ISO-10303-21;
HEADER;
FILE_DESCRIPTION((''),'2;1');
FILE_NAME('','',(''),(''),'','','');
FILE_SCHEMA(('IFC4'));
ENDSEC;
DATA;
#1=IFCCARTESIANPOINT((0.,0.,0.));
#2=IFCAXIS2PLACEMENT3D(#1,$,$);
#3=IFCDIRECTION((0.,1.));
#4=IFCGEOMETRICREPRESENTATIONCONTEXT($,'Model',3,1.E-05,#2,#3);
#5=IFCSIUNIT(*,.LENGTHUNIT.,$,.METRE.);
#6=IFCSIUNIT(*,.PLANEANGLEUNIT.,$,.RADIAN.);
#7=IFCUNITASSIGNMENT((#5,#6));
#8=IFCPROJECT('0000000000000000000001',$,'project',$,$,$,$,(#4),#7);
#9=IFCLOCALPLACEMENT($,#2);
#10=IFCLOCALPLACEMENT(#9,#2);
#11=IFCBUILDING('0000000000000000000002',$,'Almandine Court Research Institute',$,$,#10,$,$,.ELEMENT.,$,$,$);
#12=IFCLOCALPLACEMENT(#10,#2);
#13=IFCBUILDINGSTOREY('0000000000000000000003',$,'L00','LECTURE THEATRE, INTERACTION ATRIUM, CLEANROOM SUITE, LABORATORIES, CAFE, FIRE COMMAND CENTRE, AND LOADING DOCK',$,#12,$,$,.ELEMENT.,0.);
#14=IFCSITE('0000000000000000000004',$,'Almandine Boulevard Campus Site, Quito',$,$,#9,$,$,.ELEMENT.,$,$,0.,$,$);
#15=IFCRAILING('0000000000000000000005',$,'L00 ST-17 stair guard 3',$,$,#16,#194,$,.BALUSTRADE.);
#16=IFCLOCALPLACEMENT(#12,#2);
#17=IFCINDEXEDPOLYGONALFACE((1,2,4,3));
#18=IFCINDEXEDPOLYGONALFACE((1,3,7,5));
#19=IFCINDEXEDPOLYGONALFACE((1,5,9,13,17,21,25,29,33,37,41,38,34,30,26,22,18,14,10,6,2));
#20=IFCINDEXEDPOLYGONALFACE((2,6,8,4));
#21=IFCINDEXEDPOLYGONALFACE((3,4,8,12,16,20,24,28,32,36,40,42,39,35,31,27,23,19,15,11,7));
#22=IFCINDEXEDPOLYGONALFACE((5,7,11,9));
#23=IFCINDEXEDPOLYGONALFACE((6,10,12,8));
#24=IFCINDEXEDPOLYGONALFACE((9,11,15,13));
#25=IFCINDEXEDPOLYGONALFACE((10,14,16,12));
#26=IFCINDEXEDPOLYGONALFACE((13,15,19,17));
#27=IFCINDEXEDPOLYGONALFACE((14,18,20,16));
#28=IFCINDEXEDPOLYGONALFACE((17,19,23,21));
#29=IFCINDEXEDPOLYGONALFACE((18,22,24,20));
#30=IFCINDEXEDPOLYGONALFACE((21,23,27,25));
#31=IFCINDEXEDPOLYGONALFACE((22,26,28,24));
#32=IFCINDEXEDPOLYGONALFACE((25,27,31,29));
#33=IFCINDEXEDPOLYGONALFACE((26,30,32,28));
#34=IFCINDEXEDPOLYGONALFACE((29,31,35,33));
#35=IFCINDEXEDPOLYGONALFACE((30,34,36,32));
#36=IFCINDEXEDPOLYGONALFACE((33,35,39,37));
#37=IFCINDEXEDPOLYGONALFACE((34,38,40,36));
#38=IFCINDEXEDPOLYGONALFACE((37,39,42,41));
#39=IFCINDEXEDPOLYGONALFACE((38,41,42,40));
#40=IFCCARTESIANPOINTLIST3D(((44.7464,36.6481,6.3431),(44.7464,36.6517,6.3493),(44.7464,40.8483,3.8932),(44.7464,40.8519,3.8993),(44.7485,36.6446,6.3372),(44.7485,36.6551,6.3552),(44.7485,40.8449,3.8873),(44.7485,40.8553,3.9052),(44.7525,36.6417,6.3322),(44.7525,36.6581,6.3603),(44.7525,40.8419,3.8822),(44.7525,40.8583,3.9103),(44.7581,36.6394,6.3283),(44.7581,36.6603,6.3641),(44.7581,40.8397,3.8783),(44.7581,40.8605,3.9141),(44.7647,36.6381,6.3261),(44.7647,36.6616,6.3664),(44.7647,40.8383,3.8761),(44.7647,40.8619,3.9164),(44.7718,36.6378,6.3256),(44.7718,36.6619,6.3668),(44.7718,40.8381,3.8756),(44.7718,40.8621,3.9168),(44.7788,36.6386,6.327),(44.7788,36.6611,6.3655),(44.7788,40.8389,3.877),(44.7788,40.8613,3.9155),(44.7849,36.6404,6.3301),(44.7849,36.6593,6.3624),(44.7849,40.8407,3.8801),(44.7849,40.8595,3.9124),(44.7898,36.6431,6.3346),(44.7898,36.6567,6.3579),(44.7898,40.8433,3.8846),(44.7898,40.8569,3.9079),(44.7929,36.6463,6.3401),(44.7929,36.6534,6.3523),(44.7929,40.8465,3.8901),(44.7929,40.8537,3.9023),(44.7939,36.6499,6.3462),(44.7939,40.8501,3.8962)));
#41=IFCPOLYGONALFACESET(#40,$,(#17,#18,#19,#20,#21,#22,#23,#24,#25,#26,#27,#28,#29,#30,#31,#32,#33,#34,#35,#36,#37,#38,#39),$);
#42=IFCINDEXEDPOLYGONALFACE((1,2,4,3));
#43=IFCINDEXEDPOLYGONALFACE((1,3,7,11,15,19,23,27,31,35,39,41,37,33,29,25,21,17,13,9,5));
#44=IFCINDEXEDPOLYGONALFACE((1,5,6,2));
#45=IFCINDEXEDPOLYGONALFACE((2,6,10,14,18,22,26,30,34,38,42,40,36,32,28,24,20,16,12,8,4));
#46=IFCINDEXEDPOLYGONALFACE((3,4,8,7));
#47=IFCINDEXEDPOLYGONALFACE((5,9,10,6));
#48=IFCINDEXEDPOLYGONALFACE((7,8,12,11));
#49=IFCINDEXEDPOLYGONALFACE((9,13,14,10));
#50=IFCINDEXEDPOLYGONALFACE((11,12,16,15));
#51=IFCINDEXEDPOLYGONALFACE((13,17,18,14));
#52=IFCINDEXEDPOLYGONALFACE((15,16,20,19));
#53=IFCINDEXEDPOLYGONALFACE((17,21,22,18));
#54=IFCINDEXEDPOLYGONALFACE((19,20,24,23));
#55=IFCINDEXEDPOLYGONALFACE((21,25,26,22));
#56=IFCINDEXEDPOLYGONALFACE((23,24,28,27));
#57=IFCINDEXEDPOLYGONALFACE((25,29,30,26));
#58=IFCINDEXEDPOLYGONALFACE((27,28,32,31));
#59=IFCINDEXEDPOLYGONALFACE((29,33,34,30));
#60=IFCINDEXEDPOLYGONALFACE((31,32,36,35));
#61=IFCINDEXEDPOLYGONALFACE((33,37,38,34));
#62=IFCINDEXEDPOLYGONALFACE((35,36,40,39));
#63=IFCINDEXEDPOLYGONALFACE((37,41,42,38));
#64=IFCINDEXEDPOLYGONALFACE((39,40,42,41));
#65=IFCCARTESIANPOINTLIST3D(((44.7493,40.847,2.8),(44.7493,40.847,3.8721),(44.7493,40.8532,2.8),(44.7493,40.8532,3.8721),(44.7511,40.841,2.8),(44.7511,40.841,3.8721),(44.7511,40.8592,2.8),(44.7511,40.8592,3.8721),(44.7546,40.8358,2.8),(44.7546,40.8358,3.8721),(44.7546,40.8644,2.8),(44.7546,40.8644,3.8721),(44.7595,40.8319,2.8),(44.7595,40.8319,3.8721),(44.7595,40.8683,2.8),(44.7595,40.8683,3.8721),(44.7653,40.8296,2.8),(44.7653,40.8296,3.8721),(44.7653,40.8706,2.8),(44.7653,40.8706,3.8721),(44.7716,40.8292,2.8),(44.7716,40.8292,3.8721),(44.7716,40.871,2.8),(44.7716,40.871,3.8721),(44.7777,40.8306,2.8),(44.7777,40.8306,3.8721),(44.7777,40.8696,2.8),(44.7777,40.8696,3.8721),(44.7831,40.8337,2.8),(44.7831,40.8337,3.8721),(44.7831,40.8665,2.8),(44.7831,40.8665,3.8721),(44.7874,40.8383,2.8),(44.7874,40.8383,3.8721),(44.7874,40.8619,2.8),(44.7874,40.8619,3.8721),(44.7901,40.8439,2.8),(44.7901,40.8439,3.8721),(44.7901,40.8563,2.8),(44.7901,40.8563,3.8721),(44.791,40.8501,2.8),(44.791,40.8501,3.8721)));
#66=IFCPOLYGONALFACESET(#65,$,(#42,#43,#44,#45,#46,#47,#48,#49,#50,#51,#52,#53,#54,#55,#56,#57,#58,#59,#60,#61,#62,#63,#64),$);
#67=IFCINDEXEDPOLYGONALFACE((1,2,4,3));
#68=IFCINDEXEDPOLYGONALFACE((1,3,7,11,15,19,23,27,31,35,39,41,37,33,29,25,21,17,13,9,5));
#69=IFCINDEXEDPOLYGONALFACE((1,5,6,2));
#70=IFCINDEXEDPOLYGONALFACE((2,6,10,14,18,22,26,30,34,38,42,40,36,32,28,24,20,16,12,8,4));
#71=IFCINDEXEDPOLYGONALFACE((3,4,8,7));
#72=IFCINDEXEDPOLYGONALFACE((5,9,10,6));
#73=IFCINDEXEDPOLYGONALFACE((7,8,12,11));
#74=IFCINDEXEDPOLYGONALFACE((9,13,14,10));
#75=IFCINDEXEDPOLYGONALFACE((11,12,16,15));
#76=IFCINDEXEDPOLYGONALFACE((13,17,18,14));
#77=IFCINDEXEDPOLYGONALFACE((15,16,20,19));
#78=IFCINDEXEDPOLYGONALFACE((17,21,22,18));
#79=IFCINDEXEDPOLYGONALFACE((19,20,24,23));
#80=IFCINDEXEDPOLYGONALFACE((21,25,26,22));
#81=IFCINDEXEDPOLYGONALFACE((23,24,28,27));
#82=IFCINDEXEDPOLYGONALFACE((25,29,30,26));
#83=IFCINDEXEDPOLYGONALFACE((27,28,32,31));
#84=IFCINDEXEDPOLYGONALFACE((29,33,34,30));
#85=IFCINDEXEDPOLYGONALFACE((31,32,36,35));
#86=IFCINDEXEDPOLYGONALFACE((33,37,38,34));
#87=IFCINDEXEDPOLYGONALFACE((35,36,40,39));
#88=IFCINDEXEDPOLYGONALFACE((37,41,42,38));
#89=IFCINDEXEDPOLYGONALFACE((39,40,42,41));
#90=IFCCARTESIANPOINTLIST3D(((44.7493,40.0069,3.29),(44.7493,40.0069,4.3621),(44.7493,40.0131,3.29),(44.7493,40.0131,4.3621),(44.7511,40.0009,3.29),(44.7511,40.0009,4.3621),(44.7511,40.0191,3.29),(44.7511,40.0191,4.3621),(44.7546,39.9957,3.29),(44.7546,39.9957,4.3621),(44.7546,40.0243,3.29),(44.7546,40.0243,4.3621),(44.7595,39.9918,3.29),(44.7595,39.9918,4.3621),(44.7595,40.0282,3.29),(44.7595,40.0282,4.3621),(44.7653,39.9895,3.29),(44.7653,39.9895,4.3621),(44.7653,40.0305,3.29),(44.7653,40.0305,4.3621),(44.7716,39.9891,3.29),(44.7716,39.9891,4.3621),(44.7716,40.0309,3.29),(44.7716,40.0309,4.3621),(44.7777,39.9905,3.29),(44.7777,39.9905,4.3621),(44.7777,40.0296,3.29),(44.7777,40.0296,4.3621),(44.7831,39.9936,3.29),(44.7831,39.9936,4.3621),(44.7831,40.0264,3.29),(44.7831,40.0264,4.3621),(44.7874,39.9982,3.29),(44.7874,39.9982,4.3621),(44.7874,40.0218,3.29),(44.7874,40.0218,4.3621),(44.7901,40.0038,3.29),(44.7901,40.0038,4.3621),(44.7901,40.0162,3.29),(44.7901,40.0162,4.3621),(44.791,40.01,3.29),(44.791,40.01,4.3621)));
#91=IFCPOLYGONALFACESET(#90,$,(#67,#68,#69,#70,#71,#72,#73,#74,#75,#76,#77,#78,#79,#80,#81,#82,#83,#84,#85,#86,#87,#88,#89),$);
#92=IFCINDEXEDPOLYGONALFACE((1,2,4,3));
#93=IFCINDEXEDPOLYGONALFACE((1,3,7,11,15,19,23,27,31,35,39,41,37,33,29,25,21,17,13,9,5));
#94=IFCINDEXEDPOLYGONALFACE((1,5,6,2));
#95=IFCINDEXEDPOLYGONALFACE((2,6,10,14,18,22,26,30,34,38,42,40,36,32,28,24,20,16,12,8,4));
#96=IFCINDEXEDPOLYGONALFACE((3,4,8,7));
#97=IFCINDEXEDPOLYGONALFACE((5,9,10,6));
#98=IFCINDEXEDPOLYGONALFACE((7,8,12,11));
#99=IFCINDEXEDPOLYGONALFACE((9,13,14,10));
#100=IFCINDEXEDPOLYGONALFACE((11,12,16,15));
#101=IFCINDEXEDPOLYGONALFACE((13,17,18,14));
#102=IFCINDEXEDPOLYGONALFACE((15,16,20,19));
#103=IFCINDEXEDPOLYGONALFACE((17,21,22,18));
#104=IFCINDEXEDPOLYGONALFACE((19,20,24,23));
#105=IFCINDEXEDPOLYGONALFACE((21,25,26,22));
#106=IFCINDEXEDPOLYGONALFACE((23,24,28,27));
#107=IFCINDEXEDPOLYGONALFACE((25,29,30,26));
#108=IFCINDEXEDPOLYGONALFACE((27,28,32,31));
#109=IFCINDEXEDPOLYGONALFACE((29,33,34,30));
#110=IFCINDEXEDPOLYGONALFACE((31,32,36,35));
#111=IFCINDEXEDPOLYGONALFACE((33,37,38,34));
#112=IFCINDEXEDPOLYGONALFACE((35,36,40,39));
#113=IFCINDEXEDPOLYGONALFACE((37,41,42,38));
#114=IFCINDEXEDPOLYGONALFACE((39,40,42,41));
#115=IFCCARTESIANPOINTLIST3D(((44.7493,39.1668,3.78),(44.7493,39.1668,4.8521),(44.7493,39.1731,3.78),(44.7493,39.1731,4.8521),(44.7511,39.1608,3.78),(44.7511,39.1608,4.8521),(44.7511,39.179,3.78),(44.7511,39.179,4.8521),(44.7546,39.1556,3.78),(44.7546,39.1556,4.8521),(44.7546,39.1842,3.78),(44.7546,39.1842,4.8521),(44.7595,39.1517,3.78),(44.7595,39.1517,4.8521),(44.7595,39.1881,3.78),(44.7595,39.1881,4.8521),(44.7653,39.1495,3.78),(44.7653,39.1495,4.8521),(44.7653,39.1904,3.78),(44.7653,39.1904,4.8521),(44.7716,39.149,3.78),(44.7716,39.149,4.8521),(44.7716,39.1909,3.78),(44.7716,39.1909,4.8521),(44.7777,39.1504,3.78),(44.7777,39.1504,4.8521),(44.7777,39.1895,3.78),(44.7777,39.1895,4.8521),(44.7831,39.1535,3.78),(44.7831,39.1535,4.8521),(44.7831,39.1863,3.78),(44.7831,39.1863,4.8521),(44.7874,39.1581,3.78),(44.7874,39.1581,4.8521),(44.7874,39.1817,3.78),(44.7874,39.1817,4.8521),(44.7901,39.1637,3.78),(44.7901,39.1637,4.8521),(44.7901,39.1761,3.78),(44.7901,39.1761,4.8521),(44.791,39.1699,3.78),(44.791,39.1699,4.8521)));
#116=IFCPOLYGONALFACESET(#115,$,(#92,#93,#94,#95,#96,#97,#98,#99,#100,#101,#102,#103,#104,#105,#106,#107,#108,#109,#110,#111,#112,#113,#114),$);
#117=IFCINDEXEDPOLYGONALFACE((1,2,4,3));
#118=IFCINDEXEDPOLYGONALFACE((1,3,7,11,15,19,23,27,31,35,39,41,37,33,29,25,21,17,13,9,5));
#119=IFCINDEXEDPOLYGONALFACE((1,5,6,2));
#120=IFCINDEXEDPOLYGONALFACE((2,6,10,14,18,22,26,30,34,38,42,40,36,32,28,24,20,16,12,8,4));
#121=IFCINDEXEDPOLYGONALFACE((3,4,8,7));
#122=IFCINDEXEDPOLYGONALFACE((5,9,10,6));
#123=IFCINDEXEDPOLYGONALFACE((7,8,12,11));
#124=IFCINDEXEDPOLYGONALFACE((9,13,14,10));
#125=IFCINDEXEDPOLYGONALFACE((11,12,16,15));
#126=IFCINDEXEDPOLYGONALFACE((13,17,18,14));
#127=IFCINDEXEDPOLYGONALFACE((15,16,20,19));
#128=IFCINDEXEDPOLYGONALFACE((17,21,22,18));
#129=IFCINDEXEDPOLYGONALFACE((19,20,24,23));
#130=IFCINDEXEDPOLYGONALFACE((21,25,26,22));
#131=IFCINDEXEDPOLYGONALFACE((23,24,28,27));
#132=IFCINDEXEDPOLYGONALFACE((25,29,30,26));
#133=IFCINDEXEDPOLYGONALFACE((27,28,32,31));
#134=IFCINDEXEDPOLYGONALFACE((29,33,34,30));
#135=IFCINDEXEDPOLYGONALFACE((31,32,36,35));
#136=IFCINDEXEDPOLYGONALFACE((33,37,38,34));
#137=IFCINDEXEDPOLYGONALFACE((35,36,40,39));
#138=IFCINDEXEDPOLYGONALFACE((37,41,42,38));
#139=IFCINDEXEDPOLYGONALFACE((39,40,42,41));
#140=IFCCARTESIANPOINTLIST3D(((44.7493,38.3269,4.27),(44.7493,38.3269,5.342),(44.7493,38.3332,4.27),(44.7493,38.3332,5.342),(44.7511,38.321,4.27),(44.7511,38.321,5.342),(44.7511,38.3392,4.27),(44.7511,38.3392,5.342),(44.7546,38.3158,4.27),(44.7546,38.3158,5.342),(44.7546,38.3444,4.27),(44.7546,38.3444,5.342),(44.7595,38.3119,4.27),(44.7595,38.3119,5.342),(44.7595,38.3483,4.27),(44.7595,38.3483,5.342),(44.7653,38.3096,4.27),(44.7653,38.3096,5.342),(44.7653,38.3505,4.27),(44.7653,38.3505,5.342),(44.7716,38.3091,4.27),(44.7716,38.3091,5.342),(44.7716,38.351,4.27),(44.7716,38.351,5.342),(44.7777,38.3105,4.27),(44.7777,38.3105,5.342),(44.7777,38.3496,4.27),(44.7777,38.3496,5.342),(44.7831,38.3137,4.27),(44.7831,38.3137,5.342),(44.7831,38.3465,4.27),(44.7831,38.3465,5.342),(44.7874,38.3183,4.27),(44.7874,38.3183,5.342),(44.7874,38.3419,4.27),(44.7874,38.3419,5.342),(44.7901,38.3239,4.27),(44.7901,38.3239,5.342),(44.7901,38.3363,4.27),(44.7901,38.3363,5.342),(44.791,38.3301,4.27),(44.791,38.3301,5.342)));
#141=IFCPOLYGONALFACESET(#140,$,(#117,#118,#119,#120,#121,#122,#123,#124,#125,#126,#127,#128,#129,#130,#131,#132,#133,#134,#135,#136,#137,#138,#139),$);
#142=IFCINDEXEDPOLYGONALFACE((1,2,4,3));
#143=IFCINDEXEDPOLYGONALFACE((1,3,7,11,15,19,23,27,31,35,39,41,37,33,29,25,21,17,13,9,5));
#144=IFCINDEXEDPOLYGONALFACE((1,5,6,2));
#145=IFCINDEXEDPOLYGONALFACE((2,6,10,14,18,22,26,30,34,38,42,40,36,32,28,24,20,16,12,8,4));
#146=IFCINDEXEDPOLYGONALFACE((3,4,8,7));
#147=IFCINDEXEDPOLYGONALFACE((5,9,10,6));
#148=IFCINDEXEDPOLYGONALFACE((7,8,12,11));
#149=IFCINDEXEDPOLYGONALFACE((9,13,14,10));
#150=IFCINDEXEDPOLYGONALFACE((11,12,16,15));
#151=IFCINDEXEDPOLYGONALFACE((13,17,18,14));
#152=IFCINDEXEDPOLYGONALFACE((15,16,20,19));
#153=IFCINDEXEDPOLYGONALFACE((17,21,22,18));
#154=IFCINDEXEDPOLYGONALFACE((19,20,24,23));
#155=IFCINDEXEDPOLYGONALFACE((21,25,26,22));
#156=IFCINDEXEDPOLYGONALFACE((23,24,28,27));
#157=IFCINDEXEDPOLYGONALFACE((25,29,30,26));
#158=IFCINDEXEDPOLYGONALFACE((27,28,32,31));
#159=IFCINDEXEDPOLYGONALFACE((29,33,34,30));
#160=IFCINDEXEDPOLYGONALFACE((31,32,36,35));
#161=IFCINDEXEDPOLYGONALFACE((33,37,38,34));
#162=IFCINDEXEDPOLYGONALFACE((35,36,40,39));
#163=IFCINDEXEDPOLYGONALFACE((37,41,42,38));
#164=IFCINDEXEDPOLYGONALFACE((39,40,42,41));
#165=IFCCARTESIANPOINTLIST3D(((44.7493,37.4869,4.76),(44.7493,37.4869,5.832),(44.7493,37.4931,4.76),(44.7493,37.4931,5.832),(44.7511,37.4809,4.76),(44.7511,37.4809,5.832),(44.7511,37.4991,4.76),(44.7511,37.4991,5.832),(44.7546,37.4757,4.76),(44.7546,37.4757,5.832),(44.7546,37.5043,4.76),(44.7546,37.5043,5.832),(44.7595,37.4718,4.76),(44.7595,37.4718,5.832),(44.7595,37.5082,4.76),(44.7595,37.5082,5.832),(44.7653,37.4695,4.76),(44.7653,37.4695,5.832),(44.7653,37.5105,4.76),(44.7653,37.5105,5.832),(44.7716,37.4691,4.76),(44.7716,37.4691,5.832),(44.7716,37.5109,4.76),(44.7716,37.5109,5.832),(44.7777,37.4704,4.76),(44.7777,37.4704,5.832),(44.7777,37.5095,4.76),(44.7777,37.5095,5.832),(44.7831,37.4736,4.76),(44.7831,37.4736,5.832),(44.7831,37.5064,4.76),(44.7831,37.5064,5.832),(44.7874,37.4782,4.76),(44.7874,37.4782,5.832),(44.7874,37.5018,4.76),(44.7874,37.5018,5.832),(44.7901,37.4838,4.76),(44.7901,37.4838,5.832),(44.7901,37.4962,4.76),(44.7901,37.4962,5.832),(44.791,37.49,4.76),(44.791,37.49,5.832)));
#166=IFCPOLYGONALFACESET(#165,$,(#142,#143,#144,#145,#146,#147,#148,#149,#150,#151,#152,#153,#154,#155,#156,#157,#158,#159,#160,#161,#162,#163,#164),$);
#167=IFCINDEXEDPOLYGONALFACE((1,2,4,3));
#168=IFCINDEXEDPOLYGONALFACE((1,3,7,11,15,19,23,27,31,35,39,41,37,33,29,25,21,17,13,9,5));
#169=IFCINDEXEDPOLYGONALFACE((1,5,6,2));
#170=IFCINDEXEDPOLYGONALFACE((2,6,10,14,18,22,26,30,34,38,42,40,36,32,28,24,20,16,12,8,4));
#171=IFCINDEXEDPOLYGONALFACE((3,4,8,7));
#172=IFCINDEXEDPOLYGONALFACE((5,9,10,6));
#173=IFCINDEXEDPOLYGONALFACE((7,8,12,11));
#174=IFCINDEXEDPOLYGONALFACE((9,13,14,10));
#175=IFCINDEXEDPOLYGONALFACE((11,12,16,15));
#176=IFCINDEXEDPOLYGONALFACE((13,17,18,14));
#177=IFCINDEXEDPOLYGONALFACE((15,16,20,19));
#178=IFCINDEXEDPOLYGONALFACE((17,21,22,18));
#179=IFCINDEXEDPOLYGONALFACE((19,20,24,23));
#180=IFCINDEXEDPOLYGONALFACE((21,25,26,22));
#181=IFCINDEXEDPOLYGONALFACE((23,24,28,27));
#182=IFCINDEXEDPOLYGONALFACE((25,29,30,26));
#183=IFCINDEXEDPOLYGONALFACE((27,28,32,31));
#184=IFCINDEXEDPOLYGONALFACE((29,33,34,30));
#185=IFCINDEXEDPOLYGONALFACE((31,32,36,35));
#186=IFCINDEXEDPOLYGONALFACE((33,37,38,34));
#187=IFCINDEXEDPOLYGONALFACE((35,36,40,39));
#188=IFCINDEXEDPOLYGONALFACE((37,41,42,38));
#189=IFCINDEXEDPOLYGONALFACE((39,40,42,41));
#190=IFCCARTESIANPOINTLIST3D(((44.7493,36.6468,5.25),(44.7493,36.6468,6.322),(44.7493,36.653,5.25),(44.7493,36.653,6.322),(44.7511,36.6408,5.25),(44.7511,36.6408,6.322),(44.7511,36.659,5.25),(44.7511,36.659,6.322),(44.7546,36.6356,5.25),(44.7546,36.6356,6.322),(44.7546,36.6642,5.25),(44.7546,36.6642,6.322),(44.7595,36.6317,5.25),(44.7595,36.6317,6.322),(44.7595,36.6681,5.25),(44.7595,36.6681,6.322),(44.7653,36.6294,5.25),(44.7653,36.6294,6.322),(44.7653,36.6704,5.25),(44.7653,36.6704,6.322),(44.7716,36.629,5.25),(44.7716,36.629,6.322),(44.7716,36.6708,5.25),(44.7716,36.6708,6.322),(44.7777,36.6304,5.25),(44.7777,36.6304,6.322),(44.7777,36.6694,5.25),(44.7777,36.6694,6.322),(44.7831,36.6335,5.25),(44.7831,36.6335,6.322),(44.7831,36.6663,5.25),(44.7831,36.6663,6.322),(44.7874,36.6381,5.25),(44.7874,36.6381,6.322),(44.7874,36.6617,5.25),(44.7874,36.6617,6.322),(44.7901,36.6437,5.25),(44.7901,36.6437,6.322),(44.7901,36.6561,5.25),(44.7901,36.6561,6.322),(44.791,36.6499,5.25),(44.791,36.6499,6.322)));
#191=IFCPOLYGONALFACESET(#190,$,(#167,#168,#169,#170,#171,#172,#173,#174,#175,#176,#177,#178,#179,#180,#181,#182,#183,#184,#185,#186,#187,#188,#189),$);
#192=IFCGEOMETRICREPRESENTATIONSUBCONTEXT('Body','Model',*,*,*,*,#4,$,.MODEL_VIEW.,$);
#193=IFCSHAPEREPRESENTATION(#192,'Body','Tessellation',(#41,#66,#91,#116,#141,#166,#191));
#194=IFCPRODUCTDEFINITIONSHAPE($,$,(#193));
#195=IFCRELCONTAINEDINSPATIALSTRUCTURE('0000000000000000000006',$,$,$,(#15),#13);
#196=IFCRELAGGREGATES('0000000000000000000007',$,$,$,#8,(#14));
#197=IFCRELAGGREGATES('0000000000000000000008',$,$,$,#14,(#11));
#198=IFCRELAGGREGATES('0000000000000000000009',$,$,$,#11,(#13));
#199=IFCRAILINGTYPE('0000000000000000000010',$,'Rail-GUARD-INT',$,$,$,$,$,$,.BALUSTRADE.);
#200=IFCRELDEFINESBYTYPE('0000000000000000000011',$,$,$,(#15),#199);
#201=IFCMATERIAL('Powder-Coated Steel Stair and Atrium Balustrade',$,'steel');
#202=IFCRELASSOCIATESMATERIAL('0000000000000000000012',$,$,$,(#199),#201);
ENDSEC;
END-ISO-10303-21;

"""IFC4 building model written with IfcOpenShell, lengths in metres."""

from ifc_helpers import new_model, si_unit, direction, frame, origin, origin_2d, place, context, subcontext, project, spatial, circle, extrude, material, type_object, element, save


model = new_model("IFC4")

# Units and contexts
model_context = context("Model", 3, precision=1e-05, world=origin(), true_north=direction((0.0, 1.0)))
body_context = subcontext(model_context, "Body", "Model", "MODEL_VIEW")
ifc_project = project(units=[si_unit("LENGTHUNIT", "METRE"), si_unit("PLANEANGLEUNIT", "RADIAN")], contexts=[model_context])

# Site, building, storey
site_placement = place(None, origin())
site = spatial("IfcSite", under=ifc_project, at=site_placement, Name="Almandine Boulevard Campus Site, Quito", CompositionType="ELEMENT", RefElevation=0.0)
building_placement = place(site_placement, origin())
building = spatial("IfcBuilding", under=site, at=building_placement, Name="Almandine Court Research Institute", CompositionType="ELEMENT")
storey_placement = place(building_placement, origin())
storey = spatial("IfcBuildingStorey", under=building, at=storey_placement, Name="L00", Description="LECTURE THEATRE, INTERACTION ATRIUM, CLEANROOM SUITE, LABORATORIES, CAFE, FIRE COMMAND CENTRE, AND LOADING DOCK", CompositionType="ELEMENT", Elevation=0.0)

# Railing
ifc_material_1 = material(Name="Powder-Coated Steel Stair and Atrium Balustrade", Category="steel")
railing_type_1 = type_object("IfcRailingType", Name="Rail-GUARD-INT", PredefinedType="BALUSTRADE", material=ifc_material_1)
railing_1_placement = place(storey_placement, frame((44.77, 40.8501, 2.8)))
element("IfcRailing", 1, at=railing_1_placement, inside=storey, type_object=railing_type_1, Name="L00 ST-17 stair guard 3", PredefinedType="BALUSTRADE", context=body_context, shape_type="SweptSolid", body=[
    extrude(circle(Radius=0.0239, at=origin_2d()), frame((0.0, 0.0, 1.0962), z_axis=(0.0, -0.863793, 0.503846), x_axis=(1.0, 0.0, 0.0)), (0.0, 0.0, 1.0), 4.8625),
    extrude(circle(Radius=0.021, at=origin_2d()), origin(), (0.0, 0.0, 1.0), 1.072),
    extrude(circle(Radius=0.021, at=origin_2d()), frame((0.0, -0.8401, 0.49)), (0.0, 0.0, 1.0), 1.072),
    extrude(circle(Radius=0.021, at=origin_2d()), frame((0.0, -1.6802, 0.98)), (0.0, 0.0, 1.0), 1.072),
    extrude(circle(Radius=0.021, at=origin_2d()), frame((0.0, -2.52, 1.47)), (0.0, 0.0, 1.0), 1.072),
    extrude(circle(Radius=0.021, at=origin_2d()), frame((0.0, -3.3601, 1.96)), (0.0, 0.0, 1.0), 1.072),
    extrude(circle(Radius=0.021, at=origin_2d()), frame((0.0, -4.2002, 2.45)), (0.0, 0.0, 1.0), 1.072),
])

save(model, "model.ifc")
